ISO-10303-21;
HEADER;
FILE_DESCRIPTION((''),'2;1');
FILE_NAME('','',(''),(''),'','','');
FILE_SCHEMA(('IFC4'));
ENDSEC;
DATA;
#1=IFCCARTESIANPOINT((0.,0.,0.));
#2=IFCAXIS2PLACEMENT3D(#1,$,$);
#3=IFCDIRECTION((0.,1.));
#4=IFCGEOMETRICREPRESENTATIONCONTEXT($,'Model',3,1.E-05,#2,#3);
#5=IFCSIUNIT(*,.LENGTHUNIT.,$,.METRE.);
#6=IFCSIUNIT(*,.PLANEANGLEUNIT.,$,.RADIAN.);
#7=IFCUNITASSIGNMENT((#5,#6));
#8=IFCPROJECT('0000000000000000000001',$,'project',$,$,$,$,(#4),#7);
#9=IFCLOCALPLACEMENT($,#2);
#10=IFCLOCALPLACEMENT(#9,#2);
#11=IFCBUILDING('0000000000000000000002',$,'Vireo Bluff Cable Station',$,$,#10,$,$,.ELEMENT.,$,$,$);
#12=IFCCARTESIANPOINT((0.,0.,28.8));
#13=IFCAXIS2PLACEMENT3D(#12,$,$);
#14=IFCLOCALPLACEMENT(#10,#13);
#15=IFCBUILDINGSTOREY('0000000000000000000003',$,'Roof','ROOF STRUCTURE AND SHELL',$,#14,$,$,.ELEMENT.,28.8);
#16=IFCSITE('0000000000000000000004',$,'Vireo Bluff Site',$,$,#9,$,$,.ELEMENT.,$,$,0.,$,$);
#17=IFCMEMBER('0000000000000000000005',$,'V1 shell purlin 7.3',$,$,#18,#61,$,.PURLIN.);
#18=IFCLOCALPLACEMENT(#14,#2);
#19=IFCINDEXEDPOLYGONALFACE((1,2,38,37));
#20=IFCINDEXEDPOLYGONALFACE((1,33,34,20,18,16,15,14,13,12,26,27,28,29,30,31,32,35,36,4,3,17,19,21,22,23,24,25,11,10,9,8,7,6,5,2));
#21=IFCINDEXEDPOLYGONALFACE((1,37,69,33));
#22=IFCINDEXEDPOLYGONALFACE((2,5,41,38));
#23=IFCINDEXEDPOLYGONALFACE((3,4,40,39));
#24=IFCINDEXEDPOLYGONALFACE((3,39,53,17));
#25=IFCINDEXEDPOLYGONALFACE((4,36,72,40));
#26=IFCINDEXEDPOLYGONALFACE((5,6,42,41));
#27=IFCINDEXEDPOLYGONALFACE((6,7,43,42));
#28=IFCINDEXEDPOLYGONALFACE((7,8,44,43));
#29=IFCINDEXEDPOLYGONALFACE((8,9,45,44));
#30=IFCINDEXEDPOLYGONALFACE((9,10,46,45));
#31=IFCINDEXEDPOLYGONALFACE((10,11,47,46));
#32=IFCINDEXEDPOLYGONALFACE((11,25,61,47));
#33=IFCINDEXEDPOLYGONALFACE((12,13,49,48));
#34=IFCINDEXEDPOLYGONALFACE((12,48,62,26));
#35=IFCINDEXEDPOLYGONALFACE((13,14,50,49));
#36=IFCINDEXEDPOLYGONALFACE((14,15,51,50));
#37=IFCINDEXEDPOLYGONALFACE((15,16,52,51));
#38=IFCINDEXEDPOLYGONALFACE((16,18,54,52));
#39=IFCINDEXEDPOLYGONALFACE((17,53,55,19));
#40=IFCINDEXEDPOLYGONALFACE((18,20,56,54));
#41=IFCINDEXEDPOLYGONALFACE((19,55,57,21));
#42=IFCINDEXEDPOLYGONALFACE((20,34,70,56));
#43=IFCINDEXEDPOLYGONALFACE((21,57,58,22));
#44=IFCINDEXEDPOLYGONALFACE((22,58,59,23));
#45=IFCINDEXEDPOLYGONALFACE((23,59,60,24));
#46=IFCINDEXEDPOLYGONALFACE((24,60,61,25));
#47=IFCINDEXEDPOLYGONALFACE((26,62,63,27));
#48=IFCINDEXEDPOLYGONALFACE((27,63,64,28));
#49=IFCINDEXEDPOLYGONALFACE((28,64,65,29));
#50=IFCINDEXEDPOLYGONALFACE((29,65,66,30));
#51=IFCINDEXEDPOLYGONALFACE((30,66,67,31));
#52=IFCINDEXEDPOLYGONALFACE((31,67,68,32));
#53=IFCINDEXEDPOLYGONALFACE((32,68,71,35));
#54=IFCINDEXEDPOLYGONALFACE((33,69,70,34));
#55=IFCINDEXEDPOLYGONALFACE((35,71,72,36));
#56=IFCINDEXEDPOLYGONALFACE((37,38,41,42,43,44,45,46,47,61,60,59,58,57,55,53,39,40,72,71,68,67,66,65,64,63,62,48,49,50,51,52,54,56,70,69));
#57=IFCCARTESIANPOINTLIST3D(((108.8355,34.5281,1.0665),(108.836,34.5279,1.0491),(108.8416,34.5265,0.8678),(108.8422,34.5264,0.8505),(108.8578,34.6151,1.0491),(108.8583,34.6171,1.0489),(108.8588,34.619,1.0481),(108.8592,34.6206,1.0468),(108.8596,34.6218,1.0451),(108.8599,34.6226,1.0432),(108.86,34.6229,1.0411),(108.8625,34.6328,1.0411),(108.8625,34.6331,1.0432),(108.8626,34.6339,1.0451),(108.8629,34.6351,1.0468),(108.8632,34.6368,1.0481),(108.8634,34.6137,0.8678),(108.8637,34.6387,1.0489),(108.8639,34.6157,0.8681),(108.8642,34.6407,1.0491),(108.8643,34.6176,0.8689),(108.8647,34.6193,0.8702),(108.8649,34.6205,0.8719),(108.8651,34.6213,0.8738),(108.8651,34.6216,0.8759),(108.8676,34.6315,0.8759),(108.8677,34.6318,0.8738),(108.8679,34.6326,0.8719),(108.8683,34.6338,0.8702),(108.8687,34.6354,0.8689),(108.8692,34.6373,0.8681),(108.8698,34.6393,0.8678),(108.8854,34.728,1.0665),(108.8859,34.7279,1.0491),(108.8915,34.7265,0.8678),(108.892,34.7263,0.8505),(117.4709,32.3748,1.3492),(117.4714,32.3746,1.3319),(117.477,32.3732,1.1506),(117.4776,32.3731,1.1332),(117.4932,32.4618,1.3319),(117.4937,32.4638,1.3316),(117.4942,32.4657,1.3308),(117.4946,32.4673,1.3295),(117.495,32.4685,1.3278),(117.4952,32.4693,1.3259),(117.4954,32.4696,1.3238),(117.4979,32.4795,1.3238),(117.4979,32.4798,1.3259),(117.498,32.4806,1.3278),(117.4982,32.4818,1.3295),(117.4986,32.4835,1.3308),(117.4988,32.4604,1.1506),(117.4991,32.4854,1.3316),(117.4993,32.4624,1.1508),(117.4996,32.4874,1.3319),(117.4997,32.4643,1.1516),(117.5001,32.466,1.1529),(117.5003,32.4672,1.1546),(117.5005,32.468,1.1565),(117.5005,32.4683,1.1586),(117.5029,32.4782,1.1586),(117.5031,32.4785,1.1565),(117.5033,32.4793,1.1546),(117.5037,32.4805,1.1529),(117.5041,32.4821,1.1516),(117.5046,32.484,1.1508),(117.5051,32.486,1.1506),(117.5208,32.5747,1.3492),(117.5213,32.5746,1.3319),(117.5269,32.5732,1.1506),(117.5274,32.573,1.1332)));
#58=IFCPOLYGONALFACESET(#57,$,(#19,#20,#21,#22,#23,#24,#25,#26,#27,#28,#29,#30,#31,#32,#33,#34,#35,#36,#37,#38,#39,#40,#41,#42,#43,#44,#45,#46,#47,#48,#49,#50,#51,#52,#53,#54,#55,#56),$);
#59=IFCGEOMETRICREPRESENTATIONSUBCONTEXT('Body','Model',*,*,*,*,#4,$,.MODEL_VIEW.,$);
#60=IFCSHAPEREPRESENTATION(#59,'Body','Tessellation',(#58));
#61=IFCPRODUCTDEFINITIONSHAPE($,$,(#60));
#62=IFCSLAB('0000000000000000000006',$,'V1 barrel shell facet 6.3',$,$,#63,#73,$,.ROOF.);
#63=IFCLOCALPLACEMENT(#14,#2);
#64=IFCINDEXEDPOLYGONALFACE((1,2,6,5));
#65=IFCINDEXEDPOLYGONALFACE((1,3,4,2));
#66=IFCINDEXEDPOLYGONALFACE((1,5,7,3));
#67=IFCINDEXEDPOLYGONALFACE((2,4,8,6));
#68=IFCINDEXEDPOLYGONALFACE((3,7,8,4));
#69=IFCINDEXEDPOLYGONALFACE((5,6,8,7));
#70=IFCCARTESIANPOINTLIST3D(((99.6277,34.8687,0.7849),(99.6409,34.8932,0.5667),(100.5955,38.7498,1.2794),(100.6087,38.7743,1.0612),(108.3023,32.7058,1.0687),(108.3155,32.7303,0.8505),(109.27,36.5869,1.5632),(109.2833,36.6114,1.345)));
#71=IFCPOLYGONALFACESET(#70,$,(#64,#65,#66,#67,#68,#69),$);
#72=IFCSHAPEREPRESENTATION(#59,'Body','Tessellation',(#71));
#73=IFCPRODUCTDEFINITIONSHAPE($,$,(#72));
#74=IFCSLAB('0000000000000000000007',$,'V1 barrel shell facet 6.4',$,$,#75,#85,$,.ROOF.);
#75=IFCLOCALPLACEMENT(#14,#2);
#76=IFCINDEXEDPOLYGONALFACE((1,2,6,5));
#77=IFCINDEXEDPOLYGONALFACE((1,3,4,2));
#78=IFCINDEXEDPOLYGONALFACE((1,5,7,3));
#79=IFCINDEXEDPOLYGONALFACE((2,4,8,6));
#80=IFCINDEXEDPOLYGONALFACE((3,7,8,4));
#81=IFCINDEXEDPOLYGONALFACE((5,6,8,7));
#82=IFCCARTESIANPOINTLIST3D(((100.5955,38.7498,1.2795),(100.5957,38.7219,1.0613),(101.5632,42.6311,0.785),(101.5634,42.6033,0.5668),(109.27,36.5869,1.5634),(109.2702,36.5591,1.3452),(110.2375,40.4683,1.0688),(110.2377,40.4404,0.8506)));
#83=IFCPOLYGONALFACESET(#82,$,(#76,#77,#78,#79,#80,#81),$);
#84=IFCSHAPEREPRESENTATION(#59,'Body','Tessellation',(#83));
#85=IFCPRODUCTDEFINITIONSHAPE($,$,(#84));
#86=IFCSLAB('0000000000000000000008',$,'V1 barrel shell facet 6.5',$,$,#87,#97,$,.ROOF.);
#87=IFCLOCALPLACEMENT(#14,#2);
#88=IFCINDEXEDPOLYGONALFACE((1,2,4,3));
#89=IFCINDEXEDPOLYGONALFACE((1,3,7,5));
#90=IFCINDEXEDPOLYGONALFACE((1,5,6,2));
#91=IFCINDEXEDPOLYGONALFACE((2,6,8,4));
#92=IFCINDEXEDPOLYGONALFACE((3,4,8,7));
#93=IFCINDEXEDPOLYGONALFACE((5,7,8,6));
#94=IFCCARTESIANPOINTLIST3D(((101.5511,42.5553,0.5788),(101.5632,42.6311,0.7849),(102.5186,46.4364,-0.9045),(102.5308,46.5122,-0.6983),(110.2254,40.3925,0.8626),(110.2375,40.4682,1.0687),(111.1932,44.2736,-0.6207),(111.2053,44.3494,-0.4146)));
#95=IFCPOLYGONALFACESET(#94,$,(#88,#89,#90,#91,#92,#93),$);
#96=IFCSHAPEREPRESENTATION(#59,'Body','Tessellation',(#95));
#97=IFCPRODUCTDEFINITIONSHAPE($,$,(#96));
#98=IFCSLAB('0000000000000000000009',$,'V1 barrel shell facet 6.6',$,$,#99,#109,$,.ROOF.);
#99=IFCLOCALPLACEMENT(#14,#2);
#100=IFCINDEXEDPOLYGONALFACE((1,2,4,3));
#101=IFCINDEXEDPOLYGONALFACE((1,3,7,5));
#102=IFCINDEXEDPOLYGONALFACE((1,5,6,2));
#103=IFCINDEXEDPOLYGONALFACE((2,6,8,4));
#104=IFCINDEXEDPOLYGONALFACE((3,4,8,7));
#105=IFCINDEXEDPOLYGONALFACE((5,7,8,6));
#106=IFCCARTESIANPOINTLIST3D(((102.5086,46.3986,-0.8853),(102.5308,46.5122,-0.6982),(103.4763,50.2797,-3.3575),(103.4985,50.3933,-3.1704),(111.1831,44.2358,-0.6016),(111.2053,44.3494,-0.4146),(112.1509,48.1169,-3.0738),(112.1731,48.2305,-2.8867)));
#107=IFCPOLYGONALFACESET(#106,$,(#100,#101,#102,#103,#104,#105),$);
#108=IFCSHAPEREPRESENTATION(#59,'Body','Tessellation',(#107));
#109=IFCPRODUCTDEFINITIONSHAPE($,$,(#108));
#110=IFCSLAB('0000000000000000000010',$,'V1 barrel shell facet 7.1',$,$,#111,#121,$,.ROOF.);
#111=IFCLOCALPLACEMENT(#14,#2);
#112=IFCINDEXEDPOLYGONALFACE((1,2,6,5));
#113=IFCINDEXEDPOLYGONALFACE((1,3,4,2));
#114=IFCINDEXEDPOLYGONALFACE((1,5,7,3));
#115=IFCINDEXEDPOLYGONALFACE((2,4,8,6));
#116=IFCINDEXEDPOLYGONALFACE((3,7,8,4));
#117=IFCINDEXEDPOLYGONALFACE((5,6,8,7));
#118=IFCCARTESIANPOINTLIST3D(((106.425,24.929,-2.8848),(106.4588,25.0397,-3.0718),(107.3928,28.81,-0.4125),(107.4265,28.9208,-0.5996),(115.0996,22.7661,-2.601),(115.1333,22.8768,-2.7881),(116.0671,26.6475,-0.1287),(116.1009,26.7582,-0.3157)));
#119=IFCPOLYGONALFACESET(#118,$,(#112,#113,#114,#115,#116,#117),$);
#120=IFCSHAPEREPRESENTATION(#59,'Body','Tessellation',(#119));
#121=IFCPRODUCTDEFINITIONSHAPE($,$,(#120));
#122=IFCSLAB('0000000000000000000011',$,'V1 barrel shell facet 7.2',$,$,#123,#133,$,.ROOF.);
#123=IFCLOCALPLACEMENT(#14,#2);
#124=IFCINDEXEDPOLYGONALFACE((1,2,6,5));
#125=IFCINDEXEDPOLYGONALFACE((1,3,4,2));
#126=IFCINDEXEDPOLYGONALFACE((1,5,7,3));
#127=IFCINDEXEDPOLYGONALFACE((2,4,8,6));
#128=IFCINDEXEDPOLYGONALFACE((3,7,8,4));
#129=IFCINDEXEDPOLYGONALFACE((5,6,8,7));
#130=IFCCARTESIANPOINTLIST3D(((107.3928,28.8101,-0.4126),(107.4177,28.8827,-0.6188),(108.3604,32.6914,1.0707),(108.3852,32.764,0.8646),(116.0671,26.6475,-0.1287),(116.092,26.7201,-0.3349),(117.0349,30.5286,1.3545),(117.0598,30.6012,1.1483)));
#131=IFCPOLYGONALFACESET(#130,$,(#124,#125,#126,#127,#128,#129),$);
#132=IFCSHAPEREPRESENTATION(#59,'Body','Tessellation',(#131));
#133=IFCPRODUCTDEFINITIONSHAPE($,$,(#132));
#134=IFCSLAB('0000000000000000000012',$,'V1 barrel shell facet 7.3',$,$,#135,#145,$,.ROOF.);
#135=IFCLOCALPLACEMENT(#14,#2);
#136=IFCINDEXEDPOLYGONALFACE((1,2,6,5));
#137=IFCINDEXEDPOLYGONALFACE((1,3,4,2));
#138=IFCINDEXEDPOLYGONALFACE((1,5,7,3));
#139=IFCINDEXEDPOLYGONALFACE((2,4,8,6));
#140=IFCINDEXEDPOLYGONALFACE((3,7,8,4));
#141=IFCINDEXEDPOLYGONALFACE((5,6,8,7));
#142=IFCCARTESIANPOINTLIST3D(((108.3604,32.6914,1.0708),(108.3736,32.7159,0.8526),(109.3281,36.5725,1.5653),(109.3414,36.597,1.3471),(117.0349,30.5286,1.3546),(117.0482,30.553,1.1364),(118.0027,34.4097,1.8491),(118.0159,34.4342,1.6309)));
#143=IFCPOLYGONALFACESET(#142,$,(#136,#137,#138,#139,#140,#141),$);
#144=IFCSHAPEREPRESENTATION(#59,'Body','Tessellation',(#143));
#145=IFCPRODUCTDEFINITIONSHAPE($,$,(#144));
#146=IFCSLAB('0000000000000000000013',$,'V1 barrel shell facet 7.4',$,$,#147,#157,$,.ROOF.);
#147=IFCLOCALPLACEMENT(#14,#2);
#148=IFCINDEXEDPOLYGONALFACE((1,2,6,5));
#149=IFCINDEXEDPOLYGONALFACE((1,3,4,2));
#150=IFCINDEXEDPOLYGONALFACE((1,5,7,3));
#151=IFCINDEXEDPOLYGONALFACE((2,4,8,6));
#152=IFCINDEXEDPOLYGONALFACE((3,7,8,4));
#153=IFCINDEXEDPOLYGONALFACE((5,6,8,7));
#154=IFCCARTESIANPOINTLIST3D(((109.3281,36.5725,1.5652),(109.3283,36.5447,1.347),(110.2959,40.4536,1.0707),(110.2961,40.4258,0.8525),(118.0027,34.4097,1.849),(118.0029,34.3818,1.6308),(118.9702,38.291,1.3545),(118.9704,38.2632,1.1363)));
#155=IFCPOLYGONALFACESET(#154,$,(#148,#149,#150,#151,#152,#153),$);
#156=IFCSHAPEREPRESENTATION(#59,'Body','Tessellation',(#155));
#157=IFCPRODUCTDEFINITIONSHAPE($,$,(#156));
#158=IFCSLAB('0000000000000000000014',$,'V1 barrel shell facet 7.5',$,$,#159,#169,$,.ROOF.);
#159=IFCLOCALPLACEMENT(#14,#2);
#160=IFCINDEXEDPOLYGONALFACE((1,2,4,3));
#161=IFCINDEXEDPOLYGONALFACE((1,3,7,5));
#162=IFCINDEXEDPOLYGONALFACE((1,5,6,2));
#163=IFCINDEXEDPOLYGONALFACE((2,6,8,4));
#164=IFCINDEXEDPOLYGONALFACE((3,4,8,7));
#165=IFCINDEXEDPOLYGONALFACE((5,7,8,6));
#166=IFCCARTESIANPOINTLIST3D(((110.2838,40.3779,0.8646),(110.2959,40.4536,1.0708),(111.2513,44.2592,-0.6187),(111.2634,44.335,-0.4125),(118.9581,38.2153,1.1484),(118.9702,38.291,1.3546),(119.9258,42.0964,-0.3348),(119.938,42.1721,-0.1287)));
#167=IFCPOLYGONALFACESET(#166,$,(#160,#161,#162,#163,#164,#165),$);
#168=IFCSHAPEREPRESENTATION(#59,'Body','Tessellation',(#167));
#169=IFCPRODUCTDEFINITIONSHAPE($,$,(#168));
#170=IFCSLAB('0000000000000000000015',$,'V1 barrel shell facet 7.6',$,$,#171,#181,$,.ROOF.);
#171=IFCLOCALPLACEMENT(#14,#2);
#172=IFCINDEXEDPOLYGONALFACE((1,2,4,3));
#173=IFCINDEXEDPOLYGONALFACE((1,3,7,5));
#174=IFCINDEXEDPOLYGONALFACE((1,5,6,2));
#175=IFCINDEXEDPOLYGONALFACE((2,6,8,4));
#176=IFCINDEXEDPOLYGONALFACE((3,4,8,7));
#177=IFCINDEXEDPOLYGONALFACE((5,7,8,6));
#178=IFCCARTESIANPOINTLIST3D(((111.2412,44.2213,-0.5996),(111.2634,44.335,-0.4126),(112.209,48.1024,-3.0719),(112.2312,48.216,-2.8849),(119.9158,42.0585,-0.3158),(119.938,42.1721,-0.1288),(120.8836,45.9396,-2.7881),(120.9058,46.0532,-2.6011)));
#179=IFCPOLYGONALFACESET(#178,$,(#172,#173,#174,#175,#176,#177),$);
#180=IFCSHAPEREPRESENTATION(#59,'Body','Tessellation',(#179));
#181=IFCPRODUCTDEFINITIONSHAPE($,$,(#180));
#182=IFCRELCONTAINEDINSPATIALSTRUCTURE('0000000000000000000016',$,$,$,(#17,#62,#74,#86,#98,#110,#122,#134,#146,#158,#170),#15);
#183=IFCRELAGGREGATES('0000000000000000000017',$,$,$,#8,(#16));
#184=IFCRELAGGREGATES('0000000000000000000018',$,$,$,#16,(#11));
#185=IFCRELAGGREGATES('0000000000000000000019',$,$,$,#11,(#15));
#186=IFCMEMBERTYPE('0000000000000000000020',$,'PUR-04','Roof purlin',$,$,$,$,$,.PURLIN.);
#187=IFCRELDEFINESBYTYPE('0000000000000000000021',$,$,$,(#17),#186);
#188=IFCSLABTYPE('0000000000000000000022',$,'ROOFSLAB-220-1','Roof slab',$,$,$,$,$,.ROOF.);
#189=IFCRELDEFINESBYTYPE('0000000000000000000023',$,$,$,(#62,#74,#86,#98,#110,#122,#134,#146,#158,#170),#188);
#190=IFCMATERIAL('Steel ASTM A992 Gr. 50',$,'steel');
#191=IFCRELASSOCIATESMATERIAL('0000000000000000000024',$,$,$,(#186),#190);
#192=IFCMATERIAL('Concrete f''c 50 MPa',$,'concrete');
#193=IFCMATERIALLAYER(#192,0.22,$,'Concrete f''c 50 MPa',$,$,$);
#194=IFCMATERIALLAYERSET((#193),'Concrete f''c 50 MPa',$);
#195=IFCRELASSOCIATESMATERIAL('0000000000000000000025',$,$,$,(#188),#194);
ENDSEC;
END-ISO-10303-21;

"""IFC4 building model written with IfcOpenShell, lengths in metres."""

from ifc_helpers import new_model, si_unit, direction, frame, origin, origin_2d, place, context, subcontext, project, spatial, polyline, i_section, outline, extrude, material, layer, layer_set, material_profile, profile_set, type_object, element, save


model = new_model("IFC4")

# Units and contexts
model_context = context("Model", 3, precision=1e-05, world=origin(), true_north=direction((0.0, 1.0)))
body_context = subcontext(model_context, "Body", "Model", "MODEL_VIEW")
ifc_project = project(units=[si_unit("LENGTHUNIT", "METRE"), si_unit("PLANEANGLEUNIT", "RADIAN")], contexts=[model_context])

# Site, building, storey
site_placement = place(None, origin())
site = spatial("IfcSite", under=ifc_project, at=site_placement, Name="Vireo Bluff Site", CompositionType="ELEMENT", RefElevation=0.0)
building_placement = place(site_placement, origin())
building = spatial("IfcBuilding", under=site, at=building_placement, Name="Vireo Bluff Cable Station", CompositionType="ELEMENT")
storey_placement = place(building_placement, frame((0.0, 0.0, 28.8)))
storey = spatial("IfcBuildingStorey", under=building, at=storey_placement, Name="Roof", Description="ROOF STRUCTURE AND SHELL", CompositionType="ELEMENT", Elevation=28.8)

# Member
ifc_material_1 = material(Name="Steel ASTM A992 Gr. 50", Category="steel")
ifc_material_profile_1 = material_profile(ifc_material_1, i_section(OverallWidth=0.2061, OverallDepth=0.2161, WebThickness=0.0103, FlangeThickness=0.0173, FilletRadius=0.0081, at=origin_2d()), Name="W8X48")
ifc_profile_set_1 = profile_set([ifc_material_profile_1], Name="Steel ASTM A992 Gr. 50")
member_type_1 = type_object("IfcMemberType", Name="PUR-04", Description="Roof purlin", PredefinedType="PURLIN", material=ifc_profile_set_1)
member_1_placement = place(storey_placement, frame((108.8638, 34.6272, 0.9585), z_axis=(0.9698, -0.241826, 0.03175), x_axis=(0.241948, 0.970289, 0.0)))
element("IfcMember", 1, at=member_1_placement, inside=storey, type_object=member_type_1, Name="V1 shell purlin 7.3", PredefinedType="PURLIN", context=body_context, shape_type="SweptSolid", body=[
    extrude(i_section(OverallWidth=0.2061, OverallDepth=0.2161, WebThickness=0.0103, FlangeThickness=0.0173, FilletRadius=0.0081, at=origin_2d()), origin(), (0.0, 0.0, 1.0), 8.9043),
])

# Slabs
ifc_material_2 = material(Name="Concrete f'c 50 MPa", Category="concrete")
ifc_layer = layer(ifc_material_2, 0.22, Name="Concrete f'c 50 MPa")
ifc_layer_set = layer_set([ifc_layer], Name="Concrete f'c 50 MPa")
slab_type = type_object("IfcSlabType", Name="ROOFSLAB-220-1", Description="Roof slab", PredefinedType="ROOF", material=ifc_layer_set)
slab_1_placement = place(storey_placement, frame((99.6277, 34.8687, 0.7849), z_axis=(-0.060223, -0.111372, 0.991952), x_axis=(0.969807, -0.241802, 0.03173)))
element("IfcSlab", 2, at=slab_1_placement, inside=storey, type_object=slab_type, Name="V1 barrel shell facet 6.3", PredefinedType="ROOF", context=body_context, shape_type="SweptSolid", body=[
    extrude(outline(polyline([(0.0, 0.0), (8.9446, 0.0), (8.9604, 4.0303), (0.0158, 4.0304), (0.0, 0.0)])), origin(), (0.0, 0.0, -1.0), 0.22),
])
slab_2_placement = place(storey_placement, frame((100.5955, 38.7498, 1.2795), z_axis=(-0.000889, 0.126602, 0.991953), x_axis=(0.969807, -0.241802, 0.03173)))
element("IfcSlab", 3, at=slab_2_placement, inside=storey, type_object=slab_type, Name="V1 barrel shell facet 6.4", PredefinedType="ROOF", context=body_context, shape_type="SweptSolid", body=[
    extrude(outline(polyline([(0.0, 0.0), (8.9446, 0.0), (8.9287, 4.0305), (-0.0157, 4.0306), (0.0, 0.0)])), origin(), (0.0, 0.0, -1.0), 0.22),
])
slab_3_placement = place(storey_placement, frame((101.5632, 42.6311, 0.7849), z_axis=(0.05521, 0.344411, 0.937194), x_axis=(0.969804, -0.241814, 0.031733)))
element("IfcSlab", 4, at=slab_3_placement, inside=storey, type_object=slab_type, Name="V1 barrel shell facet 6.5", PredefinedType="ROOF", context=body_context, shape_type="SweptSolid", body=[
    extrude(outline(polyline([(0.0, 0.0), (8.9444, 0.0), (8.8974, 4.2659), (-0.0473, 4.2657), (0.0, 0.0)])), origin(), (0.0, 0.0, -1.0), 0.22),
])
slab_4_placement = place(storey_placement, frame((102.5308, 46.5122, -0.6982), z_axis=(0.100962, 0.516467, 0.850334), x_axis=(0.969807, -0.241803, 0.031716)))
element("IfcSlab", 5, at=slab_4_placement, inside=storey, type_object=slab_type, Name="V1 barrel shell facet 6.6", PredefinedType="ROOF", context=body_context, shape_type="SweptSolid", body=[
    extrude(outline(polyline([(0.0, 0.0), (8.9446, 0.0), (8.8663, 4.7016), (-0.0783, 4.7016), (0.0, 0.0)])), origin(), (0.0, 0.0, -1.0), 0.22),
])
slab_5_placement = place(storey_placement, frame((106.425, 24.929, -2.8848), z_axis=(-0.153334, -0.503419, 0.850328), x_axis=(0.969806, -0.241807, 0.031722)))
element("IfcSlab", 6, at=slab_5_placement, inside=storey, type_object=slab_type, Name="V1 barrel shell facet 7.1", PredefinedType="ROOF", context=body_context, shape_type="SweptSolid", body=[
    extrude(outline(polyline([(0.0, 0.0), (8.9446, 0.0), (9.0228, 4.7019), (0.0785, 4.7016), (0.0, 0.0)])), origin(), (0.0, 0.0, -1.0), 0.22),
])
slab_6_placement = place(storey_placement, frame((107.3928, 28.8101, -0.4126), z_axis=(-0.112941, -0.330008, 0.937197), x_axis=(0.969812, -0.241781, 0.031736)))
element("IfcSlab", 7, at=slab_6_placement, inside=storey, type_object=slab_type, Name="V1 barrel shell facet 7.2", PredefinedType="ROOF", context=body_context, shape_type="SweptSolid", body=[
    extrude(outline(polyline([(0.0, 0.0), (8.9443, 0.0), (8.9916, 4.2658), (0.047, 4.2661), (0.0, 0.0)])), origin(), (0.0, 0.0, -1.0), 0.22),
])
slab_7_placement = place(storey_placement, frame((108.3604, 32.6914, 1.0708), z_axis=(-0.060223, -0.111372, 0.991952), x_axis=(0.969806, -0.241805, 0.03173)))
element("IfcSlab", 8, at=slab_7_placement, inside=storey, type_object=slab_type, Name="V1 barrel shell facet 7.3", PredefinedType="ROOF", context=body_context, shape_type="SweptSolid", body=[
    extrude(outline(polyline([(0.0, 0.0), (8.9446, 0.0), (8.9604, 4.0304), (0.0158, 4.0303), (0.0, 0.0)])), origin(), (0.0, 0.0, -1.0), 0.22),
])
slab_8_placement = place(storey_placement, frame((109.3281, 36.5725, 1.5652), z_axis=(-0.000889, 0.126606, 0.991953), x_axis=(0.969806, -0.241805, 0.031732)))
element("IfcSlab", 9, at=slab_8_placement, inside=storey, type_object=slab_type, Name="V1 barrel shell facet 7.4", PredefinedType="ROOF", context=body_context, shape_type="SweptSolid", body=[
    extrude(outline(polyline([(0.0, 0.0), (8.9446, 0.0), (8.9287, 4.0306), (-0.0156, 4.0304), (0.0, 0.0)])), origin(), (0.0, 0.0, -1.0), 0.22),
])
slab_9_placement = place(storey_placement, frame((110.2959, 40.4536, 1.0708), z_axis=(0.055203, 0.344403, 0.937198), x_axis=(0.969812, -0.241781, 0.031726)))
element("IfcSlab", 10, at=slab_9_placement, inside=storey, type_object=slab_type, Name="V1 barrel shell facet 7.5", PredefinedType="ROOF", context=body_context, shape_type="SweptSolid", body=[
    extrude(outline(polyline([(0.0, 0.0), (8.9443, 0.0), (8.8975, 4.2658), (-0.0472, 4.2661), (0.0, 0.0)])), origin(), (0.0, 0.0, -1.0), 0.22),
])
slab_10_placement = place(storey_placement, frame((111.2634, 44.335, -0.4126), z_axis=(0.100956, 0.516488, 0.850323), x_axis=(0.969805, -0.241809, 0.031734)))
element("IfcSlab", 11, at=slab_10_placement, inside=storey, type_object=slab_type, Name="V1 barrel shell facet 7.6", PredefinedType="ROOF", context=body_context, shape_type="SweptSolid", body=[
    extrude(outline(polyline([(0.0, 0.0), (8.9446, 0.0), (8.8662, 4.7017), (-0.0784, 4.7016), (0.0, 0.0)])), origin(), (0.0, 0.0, -1.0), 0.22),
])

save(model, "model.ifc")
